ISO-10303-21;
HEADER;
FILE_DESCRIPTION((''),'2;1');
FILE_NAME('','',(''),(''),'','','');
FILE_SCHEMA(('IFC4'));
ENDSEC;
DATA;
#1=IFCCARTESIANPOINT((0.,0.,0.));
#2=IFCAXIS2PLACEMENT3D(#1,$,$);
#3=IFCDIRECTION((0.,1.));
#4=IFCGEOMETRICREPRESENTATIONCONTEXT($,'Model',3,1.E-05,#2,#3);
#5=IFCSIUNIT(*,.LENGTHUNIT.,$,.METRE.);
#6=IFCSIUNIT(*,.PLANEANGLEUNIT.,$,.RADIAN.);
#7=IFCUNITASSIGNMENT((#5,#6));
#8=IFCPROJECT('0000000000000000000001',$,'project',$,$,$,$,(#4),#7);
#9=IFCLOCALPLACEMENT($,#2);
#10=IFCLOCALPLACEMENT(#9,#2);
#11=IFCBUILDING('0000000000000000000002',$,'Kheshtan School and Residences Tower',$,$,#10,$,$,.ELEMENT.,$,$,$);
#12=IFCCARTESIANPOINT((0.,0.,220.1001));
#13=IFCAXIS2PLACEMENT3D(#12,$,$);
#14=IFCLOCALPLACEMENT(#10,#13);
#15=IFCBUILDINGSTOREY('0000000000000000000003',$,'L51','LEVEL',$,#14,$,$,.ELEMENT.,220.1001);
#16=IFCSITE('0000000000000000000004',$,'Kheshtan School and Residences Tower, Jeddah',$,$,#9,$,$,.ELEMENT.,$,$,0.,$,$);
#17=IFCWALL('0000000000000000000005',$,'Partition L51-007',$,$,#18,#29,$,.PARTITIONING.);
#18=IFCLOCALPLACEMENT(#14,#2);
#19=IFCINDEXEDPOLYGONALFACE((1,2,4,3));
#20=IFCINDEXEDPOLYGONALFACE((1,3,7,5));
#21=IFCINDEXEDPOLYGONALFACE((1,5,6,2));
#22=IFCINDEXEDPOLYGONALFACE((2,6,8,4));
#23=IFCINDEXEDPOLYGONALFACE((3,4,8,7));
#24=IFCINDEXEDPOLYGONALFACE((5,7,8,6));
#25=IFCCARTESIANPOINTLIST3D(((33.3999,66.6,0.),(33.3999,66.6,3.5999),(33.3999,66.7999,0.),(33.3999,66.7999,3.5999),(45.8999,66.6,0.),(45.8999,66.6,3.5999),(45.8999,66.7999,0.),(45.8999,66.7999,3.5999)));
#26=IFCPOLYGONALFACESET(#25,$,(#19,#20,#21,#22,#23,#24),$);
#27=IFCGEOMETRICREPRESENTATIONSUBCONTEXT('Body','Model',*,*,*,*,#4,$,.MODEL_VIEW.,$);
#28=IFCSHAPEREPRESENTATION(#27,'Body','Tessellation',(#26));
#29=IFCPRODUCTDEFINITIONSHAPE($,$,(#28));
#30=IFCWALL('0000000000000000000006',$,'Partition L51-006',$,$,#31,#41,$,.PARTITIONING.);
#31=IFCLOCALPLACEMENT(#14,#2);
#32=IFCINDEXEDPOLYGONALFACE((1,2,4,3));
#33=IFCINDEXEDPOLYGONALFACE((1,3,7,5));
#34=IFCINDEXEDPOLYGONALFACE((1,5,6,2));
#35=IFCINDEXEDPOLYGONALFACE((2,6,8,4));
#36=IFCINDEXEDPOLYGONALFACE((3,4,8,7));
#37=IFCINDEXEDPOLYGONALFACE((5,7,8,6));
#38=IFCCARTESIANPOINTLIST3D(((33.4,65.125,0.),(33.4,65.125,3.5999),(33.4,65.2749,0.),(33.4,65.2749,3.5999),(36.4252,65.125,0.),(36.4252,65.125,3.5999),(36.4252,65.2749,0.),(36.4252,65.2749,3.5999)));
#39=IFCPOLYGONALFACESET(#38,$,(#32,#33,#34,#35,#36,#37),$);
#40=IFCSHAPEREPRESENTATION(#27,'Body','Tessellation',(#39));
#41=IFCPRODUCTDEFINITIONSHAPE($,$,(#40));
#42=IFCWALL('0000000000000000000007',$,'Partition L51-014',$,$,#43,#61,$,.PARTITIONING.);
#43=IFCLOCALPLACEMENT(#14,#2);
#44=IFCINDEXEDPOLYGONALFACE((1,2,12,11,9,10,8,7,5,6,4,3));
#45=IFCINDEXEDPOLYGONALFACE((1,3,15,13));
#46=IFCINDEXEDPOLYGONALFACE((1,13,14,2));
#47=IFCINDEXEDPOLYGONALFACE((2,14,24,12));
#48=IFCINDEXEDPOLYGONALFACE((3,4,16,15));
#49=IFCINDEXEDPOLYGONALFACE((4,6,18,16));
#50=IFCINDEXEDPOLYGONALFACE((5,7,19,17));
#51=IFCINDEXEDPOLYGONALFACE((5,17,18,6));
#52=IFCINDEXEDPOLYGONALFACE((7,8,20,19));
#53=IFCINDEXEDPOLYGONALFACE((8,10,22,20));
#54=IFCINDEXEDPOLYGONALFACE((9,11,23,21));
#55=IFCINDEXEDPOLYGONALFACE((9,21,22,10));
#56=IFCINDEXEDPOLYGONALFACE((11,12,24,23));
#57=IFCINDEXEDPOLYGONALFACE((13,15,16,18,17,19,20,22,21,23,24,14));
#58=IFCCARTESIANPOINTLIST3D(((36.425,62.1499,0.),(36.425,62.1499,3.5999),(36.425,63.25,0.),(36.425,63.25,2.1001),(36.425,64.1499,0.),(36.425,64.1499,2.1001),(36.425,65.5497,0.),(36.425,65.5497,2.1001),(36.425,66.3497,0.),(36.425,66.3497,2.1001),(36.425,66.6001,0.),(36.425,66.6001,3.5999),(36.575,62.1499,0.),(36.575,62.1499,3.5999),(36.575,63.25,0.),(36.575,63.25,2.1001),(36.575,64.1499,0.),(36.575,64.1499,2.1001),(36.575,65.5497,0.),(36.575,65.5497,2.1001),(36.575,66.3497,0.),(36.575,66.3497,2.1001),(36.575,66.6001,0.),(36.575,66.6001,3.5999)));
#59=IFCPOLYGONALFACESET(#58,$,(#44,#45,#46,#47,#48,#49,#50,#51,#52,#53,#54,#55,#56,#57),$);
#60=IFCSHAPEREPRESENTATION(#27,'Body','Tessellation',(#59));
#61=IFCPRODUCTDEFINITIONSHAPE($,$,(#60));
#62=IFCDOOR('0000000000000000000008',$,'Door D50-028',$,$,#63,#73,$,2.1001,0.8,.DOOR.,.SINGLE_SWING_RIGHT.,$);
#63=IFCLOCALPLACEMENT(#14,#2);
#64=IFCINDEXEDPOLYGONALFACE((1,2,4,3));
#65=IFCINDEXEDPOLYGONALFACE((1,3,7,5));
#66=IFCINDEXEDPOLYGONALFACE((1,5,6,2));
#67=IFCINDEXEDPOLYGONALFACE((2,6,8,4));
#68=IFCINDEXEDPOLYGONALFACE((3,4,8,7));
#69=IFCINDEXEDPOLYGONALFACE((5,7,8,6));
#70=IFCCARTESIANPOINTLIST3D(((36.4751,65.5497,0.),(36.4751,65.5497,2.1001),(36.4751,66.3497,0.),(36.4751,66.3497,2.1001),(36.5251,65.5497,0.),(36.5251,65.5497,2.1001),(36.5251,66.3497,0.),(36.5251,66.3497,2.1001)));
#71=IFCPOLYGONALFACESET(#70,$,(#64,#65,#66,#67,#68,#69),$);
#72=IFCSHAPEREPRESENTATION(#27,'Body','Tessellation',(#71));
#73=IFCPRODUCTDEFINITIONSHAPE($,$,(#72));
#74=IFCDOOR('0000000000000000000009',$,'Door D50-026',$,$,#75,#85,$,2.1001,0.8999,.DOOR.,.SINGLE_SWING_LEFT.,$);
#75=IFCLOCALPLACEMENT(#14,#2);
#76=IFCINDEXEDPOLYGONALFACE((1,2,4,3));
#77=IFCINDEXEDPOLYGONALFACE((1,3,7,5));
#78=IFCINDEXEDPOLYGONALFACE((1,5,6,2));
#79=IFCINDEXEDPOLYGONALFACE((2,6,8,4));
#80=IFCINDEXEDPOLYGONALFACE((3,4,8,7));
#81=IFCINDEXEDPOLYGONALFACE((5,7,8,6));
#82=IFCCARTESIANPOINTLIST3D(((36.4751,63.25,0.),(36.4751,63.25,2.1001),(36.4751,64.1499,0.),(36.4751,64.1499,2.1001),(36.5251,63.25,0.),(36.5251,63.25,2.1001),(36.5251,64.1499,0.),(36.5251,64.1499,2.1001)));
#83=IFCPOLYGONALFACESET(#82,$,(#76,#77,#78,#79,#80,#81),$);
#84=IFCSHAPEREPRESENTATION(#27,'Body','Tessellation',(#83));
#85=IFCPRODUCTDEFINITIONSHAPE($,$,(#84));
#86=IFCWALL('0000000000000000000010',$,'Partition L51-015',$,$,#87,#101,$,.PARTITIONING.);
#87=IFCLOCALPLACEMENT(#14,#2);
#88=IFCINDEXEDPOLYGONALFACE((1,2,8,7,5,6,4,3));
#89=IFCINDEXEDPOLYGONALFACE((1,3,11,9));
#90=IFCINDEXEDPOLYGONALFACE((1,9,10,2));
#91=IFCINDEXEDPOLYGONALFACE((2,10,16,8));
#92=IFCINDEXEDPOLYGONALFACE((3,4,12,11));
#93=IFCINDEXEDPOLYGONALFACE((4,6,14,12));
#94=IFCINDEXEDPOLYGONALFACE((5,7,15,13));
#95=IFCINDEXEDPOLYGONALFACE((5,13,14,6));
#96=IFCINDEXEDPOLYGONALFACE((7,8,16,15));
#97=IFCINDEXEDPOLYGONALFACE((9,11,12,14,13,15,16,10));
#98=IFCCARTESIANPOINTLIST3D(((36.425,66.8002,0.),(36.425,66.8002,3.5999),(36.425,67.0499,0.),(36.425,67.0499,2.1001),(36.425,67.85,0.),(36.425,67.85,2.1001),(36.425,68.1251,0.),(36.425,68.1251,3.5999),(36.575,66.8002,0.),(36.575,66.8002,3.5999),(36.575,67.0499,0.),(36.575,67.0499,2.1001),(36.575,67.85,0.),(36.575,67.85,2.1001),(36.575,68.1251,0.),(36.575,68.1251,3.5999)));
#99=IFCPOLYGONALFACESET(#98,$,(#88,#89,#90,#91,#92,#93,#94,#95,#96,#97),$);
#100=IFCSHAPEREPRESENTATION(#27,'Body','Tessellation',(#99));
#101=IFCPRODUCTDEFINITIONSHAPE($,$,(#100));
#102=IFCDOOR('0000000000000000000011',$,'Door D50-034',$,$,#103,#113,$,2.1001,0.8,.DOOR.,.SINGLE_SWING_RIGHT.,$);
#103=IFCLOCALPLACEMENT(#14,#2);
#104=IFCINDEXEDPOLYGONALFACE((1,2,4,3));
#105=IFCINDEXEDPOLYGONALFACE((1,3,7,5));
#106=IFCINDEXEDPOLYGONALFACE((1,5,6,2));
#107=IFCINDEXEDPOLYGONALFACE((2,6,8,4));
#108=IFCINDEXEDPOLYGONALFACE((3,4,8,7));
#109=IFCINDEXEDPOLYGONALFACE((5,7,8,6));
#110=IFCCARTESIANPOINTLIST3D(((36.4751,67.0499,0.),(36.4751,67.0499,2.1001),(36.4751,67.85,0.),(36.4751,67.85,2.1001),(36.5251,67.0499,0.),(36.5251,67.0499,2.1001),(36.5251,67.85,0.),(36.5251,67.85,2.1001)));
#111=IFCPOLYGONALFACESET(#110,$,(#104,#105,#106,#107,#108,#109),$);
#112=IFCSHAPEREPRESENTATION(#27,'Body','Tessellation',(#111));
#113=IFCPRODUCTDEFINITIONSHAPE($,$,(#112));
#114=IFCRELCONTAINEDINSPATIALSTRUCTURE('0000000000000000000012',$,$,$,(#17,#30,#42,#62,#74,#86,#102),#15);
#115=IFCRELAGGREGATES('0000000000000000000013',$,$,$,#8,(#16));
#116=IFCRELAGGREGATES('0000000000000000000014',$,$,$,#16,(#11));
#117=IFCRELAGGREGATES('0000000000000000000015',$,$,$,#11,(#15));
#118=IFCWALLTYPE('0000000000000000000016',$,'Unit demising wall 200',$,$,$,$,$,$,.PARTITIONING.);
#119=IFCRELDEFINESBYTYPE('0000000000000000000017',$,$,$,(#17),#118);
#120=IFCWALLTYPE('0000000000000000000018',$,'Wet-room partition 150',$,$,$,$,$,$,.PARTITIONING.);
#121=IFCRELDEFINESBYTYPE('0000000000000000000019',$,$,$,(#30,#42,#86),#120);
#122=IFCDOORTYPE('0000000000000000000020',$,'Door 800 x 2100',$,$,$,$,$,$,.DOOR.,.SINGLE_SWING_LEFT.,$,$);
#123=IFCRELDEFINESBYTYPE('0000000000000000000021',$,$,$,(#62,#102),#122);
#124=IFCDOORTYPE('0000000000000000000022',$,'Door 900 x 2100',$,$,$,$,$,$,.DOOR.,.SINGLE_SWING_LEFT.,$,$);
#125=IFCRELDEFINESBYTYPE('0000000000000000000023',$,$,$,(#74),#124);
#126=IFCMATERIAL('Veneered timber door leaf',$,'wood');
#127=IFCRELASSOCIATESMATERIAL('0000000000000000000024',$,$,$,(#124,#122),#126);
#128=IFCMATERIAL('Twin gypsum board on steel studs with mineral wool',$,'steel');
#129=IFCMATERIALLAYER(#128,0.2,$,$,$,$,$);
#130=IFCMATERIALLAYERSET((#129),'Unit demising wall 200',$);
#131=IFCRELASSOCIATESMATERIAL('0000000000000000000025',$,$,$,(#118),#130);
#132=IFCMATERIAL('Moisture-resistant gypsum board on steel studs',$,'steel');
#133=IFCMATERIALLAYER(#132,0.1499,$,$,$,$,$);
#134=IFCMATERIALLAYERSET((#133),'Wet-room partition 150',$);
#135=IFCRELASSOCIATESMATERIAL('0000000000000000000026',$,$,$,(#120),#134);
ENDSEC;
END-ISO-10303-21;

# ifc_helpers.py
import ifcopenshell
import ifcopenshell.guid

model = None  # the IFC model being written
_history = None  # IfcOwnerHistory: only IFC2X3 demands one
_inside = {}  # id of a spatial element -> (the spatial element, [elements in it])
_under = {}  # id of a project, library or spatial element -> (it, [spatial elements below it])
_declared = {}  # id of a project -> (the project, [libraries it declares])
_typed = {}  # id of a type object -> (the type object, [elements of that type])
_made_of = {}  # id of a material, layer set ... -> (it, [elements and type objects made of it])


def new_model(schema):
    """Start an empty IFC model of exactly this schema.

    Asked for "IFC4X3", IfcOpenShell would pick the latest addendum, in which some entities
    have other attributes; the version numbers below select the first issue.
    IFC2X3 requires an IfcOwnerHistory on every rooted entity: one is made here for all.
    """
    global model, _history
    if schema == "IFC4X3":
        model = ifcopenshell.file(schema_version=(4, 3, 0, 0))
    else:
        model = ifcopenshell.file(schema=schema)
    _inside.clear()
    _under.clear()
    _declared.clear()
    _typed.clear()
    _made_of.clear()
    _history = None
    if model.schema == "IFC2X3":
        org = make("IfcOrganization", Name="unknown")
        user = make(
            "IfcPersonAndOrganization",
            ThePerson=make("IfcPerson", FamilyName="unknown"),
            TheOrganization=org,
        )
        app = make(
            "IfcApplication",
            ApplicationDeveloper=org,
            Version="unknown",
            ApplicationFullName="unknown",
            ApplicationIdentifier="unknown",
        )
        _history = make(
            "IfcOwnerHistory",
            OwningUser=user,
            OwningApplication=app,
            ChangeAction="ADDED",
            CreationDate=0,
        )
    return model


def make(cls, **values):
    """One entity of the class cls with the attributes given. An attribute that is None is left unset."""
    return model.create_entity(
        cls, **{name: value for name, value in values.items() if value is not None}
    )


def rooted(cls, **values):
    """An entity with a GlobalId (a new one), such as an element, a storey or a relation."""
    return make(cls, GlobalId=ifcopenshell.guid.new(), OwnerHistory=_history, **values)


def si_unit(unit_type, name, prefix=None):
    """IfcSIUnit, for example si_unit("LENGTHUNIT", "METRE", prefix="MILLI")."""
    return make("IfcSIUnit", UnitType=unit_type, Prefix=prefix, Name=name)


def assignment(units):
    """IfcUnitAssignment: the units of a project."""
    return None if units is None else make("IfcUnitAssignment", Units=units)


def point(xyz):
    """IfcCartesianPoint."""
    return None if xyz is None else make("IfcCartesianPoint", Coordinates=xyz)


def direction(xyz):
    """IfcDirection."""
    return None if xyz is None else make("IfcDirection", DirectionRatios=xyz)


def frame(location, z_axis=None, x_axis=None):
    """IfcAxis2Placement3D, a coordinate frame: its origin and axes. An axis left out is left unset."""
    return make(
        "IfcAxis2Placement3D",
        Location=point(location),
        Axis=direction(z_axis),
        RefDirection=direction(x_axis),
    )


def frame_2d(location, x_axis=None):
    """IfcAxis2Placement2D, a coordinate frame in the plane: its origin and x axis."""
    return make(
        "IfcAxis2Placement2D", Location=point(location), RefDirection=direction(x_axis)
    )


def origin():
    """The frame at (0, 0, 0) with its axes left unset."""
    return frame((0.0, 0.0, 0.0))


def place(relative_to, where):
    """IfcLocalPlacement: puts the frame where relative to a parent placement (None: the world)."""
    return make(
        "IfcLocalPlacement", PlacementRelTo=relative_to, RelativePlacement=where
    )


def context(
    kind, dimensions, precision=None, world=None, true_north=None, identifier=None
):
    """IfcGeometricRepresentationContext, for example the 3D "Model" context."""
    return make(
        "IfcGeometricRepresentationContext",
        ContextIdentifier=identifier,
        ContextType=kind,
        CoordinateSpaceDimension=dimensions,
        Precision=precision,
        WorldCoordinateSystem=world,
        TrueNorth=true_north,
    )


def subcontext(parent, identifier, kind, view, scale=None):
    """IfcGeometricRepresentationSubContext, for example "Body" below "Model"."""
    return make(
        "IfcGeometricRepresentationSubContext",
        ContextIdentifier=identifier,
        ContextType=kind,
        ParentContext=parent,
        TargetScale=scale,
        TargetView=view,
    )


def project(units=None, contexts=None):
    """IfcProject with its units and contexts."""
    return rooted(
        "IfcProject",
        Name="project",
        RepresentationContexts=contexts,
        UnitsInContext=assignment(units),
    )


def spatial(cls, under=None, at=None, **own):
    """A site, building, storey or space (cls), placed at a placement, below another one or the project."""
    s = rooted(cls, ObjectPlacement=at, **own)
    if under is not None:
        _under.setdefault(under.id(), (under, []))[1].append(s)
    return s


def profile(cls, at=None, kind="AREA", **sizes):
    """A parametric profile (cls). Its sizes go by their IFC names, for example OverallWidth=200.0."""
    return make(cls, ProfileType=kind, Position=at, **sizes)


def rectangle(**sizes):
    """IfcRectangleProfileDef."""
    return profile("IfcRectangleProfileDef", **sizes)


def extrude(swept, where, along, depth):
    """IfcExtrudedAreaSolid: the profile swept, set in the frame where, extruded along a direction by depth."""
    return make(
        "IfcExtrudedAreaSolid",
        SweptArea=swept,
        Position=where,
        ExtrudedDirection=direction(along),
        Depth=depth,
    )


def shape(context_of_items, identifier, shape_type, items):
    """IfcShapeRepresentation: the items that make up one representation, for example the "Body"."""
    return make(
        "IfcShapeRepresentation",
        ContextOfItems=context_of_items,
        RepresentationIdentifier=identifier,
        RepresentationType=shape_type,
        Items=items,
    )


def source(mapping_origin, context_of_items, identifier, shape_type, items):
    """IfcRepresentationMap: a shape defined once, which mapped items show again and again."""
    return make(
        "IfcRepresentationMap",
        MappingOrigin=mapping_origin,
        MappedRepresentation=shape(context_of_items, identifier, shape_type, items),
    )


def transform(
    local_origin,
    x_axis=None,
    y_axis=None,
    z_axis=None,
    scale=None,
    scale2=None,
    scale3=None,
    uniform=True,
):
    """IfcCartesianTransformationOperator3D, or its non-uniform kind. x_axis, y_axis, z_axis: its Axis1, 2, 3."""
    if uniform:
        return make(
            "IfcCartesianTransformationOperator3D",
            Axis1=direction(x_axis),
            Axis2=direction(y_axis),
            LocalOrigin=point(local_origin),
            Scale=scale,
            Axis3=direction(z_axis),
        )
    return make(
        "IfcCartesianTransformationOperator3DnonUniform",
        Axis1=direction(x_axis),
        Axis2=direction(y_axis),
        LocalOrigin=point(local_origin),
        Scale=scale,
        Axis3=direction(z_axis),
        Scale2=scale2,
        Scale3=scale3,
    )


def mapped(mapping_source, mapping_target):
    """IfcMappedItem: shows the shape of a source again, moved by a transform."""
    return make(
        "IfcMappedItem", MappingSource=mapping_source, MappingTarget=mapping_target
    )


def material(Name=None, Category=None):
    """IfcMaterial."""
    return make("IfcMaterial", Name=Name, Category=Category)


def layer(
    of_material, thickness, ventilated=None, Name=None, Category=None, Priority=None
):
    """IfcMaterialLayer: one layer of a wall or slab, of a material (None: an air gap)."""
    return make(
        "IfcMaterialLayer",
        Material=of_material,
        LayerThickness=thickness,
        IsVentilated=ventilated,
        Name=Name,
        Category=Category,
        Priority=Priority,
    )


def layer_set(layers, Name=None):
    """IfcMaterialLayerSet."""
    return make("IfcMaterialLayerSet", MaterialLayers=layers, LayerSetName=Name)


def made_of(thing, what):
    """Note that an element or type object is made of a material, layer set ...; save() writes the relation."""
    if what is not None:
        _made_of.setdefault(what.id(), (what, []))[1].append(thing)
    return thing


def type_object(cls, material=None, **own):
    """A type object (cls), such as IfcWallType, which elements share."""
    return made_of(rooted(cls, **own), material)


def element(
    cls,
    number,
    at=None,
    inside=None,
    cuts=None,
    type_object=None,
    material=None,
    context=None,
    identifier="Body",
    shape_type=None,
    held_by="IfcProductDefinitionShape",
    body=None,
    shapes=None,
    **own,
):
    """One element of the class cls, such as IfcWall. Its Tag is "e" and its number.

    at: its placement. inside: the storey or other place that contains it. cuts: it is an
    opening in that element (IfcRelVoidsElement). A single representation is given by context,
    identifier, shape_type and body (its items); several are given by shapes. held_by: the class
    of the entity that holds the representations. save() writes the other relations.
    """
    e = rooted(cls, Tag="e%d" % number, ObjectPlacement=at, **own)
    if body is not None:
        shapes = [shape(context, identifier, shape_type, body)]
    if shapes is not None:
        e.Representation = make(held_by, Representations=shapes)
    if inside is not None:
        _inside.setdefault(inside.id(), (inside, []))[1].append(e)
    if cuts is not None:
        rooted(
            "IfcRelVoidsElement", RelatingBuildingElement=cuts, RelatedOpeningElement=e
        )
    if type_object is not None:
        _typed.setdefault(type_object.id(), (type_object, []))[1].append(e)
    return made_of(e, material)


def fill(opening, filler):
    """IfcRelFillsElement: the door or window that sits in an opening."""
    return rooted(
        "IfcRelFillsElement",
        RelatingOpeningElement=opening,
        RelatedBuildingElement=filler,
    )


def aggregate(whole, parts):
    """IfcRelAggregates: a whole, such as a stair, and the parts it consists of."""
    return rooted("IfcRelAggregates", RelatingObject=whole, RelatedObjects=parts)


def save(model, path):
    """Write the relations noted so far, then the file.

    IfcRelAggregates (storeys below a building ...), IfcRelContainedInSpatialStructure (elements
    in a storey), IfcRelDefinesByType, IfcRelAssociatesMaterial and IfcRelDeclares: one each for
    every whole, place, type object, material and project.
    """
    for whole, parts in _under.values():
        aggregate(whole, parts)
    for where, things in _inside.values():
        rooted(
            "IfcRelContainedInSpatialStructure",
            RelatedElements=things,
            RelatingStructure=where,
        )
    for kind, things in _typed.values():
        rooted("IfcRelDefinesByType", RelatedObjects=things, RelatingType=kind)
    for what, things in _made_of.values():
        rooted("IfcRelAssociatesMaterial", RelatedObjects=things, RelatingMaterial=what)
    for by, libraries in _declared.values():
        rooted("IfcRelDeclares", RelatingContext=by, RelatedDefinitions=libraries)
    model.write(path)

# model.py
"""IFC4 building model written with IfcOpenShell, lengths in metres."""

from ifc_helpers import new_model, si_unit, direction, frame, frame_2d, origin, place, context, subcontext, project, spatial, rectangle, extrude, source, transform, mapped, material, layer, layer_set, type_object, element, fill, save


model = new_model("IFC4")

# Units and contexts
model_context = context("Model", 3, precision=1e-05, world=origin(), true_north=direction((0.0, 1.0)))
body_context = subcontext(model_context, "Body", "Model", "MODEL_VIEW")
ifc_project = project(units=[si_unit("LENGTHUNIT", "METRE"), si_unit("PLANEANGLEUNIT", "RADIAN")], contexts=[model_context])

# Site, building, storey
site_placement = place(None, origin())
site = spatial("IfcSite", under=ifc_project, at=site_placement, Name="Kheshtan School and Residences Tower, Jeddah", CompositionType="ELEMENT", RefElevation=0.0)
building_placement = place(site_placement, origin())
building = spatial("IfcBuilding", under=site, at=building_placement, Name="Kheshtan School and Residences Tower", CompositionType="ELEMENT")
storey_placement = place(building_placement, frame((0.0, 0.0, 220.1001)))
storey = spatial("IfcBuildingStorey", under=building, at=storey_placement, Name="L51", Description="LEVEL", CompositionType="ELEMENT", Elevation=220.1001)

# Shared definitions
ifc_material_1 = material(Name="Veneered timber door leaf", Category="wood")
door_type_1 = type_object("IfcDoorType", Name="Door 900 x 2100", OperationType="SINGLE_SWING_LEFT", PredefinedType="DOOR", material=ifc_material_1)
shared_shape_1 = source(origin(), body_context, "Body", "SweptSolid", [
    extrude(rectangle(XDim=0.8999, YDim=2.1001, at=frame_2d((0.45, 1.05))), frame((0.0, 0.0249, 0.0), z_axis=(0.0, -1.0, 0.0), x_axis=(1.0, 0.0, 0.0)), (0.0, 0.0, 1.0), 0.05),
])

# Walls
ifc_material_2 = material(Name="Twin gypsum board on steel studs with mineral wool", Category="steel")
ifc_layer_1 = layer(ifc_material_2, 0.2)
ifc_layer_set_1 = layer_set([ifc_layer_1], Name="Unit demising wall 200")
wall_type_1 = type_object("IfcWallType", Name="Unit demising wall 200", PredefinedType="PARTITIONING", material=ifc_layer_set_1)
wall_1_placement = place(storey_placement, frame((33.3999, 66.7, 0.0), z_axis=(0.0, 0.0, 1.0), x_axis=(1.0, 0.0, 0.0)))
element("IfcWall", 1, at=wall_1_placement, inside=storey, type_object=wall_type_1, Name="Partition L51-007", PredefinedType="PARTITIONING", context=body_context, shape_type="SweptSolid", body=[
    extrude(rectangle(XDim=12.5, YDim=0.2, at=frame_2d((6.25, 0.0))), origin(), (0.0, 0.0, 1.0), 3.5999),
])
ifc_material_3 = material(Name="Moisture-resistant gypsum board on steel studs", Category="steel")
ifc_layer_2 = layer(ifc_material_3, 0.1499)
ifc_layer_set_2 = layer_set([ifc_layer_2], Name="Wet-room partition 150")
wall_type_2 = type_object("IfcWallType", Name="Wet-room partition 150", PredefinedType="PARTITIONING", material=ifc_layer_set_2)
wall_2_placement = place(storey_placement, frame((33.3999, 65.2, 0.0), z_axis=(0.0, 0.0, 1.0), x_axis=(1.0, 0.0, 0.0)))
element("IfcWall", 2, at=wall_2_placement, inside=storey, type_object=wall_type_2, Name="Partition L51-006", PredefinedType="PARTITIONING", context=body_context, shape_type="SweptSolid", body=[
    extrude(rectangle(XDim=3.0251, YDim=0.1499, at=frame_2d((1.5127, 0.0))), origin(), (0.0, 0.0, 1.0), 3.5999),
])

# Wall, openings, doors
wall_3_placement = place(storey_placement, frame((36.5, 62.1499, 0.0), z_axis=(0.0, 0.0, 1.0), x_axis=(0.0, 1.0, 0.0)))
wall_3 = element("IfcWall", 3, at=wall_3_placement, inside=storey, type_object=wall_type_2, Name="Partition L51-014", PredefinedType="PARTITIONING", context=body_context, shape_type="SweptSolid", body=[
    extrude(rectangle(XDim=4.4502, YDim=0.1499, at=frame_2d((2.2251, 0.0))), origin(), (0.0, 0.0, 1.0), 3.5999),
])
opening_1_placement = place(wall_3_placement, frame((1.1001, 0.0, 0.0)))
opening_1 = element("IfcOpeningElement", 4, at=opening_1_placement, cuts=wall_3, PredefinedType="OPENING", context=body_context, shape_type="SweptSolid", body=[
    extrude(rectangle(XDim=0.8999, YDim=2.1001, at=frame_2d((0.45, 1.05))), frame((0.0, 0.085, 0.0), z_axis=(0.0, -1.0, 0.0), x_axis=(1.0, 0.0, 0.0)), (0.0, 0.0, 1.0), 0.1699),
])
opening_2_placement = place(wall_3_placement, frame((3.3999, 0.0, 0.0)))
opening_2 = element("IfcOpeningElement", 5, at=opening_2_placement, cuts=wall_3, PredefinedType="OPENING", context=body_context, shape_type="SweptSolid", body=[
    extrude(rectangle(XDim=0.8, YDim=2.1001, at=frame_2d((0.3999, 1.05))), frame((0.0, 0.085, 0.0), z_axis=(0.0, -1.0, 0.0), x_axis=(1.0, 0.0, 0.0)), (0.0, 0.0, 1.0), 0.1699),
])
door_type_2 = type_object("IfcDoorType", Name="Door 800 x 2100", OperationType="SINGLE_SWING_LEFT", PredefinedType="DOOR", material=ifc_material_1)
shared_shape_2 = source(origin(), body_context, "Body", "SweptSolid", [
    extrude(rectangle(XDim=0.8, YDim=2.1001, at=frame_2d((0.3999, 1.05))), frame((0.0, 0.0249, 0.0), z_axis=(0.0, -1.0, 0.0), x_axis=(1.0, 0.0, 0.0)), (0.0, 0.0, 1.0), 0.05),
])
door_1_placement = place(opening_2_placement, origin())
door_1 = element("IfcDoor", 6, at=door_1_placement, inside=storey, type_object=door_type_2, Name="Door D50-028", OperationType="SINGLE_SWING_RIGHT", OverallHeight=2.1001, OverallWidth=0.8, PredefinedType="DOOR", context=body_context, shape_type="MappedRepresentation", body=[
    mapped(shared_shape_2, transform((0.0, 0.0, 0.0), x_axis=(1.0, 0.0, 0.0), y_axis=(0.0, 1.0, 0.0), z_axis=(0.0, 0.0, 1.0), scale=1.0)),
])
fill(opening_2, door_1)
door_2_placement = place(opening_1_placement, origin())
door_2 = element("IfcDoor", 7, at=door_2_placement, inside=storey, type_object=door_type_1, Name="Door D50-026", OperationType="SINGLE_SWING_LEFT", OverallHeight=2.1001, OverallWidth=0.8999, PredefinedType="DOOR", context=body_context, shape_type="MappedRepresentation", body=[
    mapped(shared_shape_1, transform((0.0, 0.0, 0.0), x_axis=(1.0, 0.0, 0.0), y_axis=(0.0, 1.0, 0.0), z_axis=(0.0, 0.0, 1.0), scale=1.0)),
])
fill(opening_1, door_2)

# Wall, opening, door
wall_4_placement = place(storey_placement, frame((36.5, 66.8, 0.0), z_axis=(0.0, 0.0, 1.0), x_axis=(0.0, 1.0, 0.0)))
wall_4 = element("IfcWall", 8, at=wall_4_placement, inside=storey, type_object=wall_type_2, Name="Partition L51-015", PredefinedType="PARTITIONING", context=body_context, shape_type="SweptSolid", body=[
    extrude(rectangle(XDim=1.325, YDim=0.1499, at=frame_2d((0.6626, 0.0))), origin(), (0.0, 0.0, 1.0), 3.5999),
])
opening_3_placement = place(wall_4_placement, frame((0.25, 0.0, 0.0)))
opening_3 = element("IfcOpeningElement", 9, at=opening_3_placement, cuts=wall_4, PredefinedType="OPENING", context=body_context, shape_type="SweptSolid", body=[
    extrude(rectangle(XDim=0.8, YDim=2.1001, at=frame_2d((0.3999, 1.05))), frame((0.0, 0.085, 0.0), z_axis=(0.0, -1.0, 0.0), x_axis=(1.0, 0.0, 0.0)), (0.0, 0.0, 1.0), 0.1699),
])
door_3_placement = place(opening_3_placement, origin())
door_3 = element("IfcDoor", 10, at=door_3_placement, inside=storey, type_object=door_type_2, Name="Door D50-034", OperationType="SINGLE_SWING_RIGHT", OverallHeight=2.1001, OverallWidth=0.8, PredefinedType="DOOR", context=body_context, shape_type="MappedRepresentation", body=[
    mapped(shared_shape_2, transform((0.0, 0.0, 0.0), x_axis=(1.0, 0.0, 0.0), y_axis=(0.0, 1.0, 0.0), z_axis=(0.0, 0.0, 1.0), scale=1.0)),
])
fill(opening_3, door_3)

save(model, "model.ifc")
